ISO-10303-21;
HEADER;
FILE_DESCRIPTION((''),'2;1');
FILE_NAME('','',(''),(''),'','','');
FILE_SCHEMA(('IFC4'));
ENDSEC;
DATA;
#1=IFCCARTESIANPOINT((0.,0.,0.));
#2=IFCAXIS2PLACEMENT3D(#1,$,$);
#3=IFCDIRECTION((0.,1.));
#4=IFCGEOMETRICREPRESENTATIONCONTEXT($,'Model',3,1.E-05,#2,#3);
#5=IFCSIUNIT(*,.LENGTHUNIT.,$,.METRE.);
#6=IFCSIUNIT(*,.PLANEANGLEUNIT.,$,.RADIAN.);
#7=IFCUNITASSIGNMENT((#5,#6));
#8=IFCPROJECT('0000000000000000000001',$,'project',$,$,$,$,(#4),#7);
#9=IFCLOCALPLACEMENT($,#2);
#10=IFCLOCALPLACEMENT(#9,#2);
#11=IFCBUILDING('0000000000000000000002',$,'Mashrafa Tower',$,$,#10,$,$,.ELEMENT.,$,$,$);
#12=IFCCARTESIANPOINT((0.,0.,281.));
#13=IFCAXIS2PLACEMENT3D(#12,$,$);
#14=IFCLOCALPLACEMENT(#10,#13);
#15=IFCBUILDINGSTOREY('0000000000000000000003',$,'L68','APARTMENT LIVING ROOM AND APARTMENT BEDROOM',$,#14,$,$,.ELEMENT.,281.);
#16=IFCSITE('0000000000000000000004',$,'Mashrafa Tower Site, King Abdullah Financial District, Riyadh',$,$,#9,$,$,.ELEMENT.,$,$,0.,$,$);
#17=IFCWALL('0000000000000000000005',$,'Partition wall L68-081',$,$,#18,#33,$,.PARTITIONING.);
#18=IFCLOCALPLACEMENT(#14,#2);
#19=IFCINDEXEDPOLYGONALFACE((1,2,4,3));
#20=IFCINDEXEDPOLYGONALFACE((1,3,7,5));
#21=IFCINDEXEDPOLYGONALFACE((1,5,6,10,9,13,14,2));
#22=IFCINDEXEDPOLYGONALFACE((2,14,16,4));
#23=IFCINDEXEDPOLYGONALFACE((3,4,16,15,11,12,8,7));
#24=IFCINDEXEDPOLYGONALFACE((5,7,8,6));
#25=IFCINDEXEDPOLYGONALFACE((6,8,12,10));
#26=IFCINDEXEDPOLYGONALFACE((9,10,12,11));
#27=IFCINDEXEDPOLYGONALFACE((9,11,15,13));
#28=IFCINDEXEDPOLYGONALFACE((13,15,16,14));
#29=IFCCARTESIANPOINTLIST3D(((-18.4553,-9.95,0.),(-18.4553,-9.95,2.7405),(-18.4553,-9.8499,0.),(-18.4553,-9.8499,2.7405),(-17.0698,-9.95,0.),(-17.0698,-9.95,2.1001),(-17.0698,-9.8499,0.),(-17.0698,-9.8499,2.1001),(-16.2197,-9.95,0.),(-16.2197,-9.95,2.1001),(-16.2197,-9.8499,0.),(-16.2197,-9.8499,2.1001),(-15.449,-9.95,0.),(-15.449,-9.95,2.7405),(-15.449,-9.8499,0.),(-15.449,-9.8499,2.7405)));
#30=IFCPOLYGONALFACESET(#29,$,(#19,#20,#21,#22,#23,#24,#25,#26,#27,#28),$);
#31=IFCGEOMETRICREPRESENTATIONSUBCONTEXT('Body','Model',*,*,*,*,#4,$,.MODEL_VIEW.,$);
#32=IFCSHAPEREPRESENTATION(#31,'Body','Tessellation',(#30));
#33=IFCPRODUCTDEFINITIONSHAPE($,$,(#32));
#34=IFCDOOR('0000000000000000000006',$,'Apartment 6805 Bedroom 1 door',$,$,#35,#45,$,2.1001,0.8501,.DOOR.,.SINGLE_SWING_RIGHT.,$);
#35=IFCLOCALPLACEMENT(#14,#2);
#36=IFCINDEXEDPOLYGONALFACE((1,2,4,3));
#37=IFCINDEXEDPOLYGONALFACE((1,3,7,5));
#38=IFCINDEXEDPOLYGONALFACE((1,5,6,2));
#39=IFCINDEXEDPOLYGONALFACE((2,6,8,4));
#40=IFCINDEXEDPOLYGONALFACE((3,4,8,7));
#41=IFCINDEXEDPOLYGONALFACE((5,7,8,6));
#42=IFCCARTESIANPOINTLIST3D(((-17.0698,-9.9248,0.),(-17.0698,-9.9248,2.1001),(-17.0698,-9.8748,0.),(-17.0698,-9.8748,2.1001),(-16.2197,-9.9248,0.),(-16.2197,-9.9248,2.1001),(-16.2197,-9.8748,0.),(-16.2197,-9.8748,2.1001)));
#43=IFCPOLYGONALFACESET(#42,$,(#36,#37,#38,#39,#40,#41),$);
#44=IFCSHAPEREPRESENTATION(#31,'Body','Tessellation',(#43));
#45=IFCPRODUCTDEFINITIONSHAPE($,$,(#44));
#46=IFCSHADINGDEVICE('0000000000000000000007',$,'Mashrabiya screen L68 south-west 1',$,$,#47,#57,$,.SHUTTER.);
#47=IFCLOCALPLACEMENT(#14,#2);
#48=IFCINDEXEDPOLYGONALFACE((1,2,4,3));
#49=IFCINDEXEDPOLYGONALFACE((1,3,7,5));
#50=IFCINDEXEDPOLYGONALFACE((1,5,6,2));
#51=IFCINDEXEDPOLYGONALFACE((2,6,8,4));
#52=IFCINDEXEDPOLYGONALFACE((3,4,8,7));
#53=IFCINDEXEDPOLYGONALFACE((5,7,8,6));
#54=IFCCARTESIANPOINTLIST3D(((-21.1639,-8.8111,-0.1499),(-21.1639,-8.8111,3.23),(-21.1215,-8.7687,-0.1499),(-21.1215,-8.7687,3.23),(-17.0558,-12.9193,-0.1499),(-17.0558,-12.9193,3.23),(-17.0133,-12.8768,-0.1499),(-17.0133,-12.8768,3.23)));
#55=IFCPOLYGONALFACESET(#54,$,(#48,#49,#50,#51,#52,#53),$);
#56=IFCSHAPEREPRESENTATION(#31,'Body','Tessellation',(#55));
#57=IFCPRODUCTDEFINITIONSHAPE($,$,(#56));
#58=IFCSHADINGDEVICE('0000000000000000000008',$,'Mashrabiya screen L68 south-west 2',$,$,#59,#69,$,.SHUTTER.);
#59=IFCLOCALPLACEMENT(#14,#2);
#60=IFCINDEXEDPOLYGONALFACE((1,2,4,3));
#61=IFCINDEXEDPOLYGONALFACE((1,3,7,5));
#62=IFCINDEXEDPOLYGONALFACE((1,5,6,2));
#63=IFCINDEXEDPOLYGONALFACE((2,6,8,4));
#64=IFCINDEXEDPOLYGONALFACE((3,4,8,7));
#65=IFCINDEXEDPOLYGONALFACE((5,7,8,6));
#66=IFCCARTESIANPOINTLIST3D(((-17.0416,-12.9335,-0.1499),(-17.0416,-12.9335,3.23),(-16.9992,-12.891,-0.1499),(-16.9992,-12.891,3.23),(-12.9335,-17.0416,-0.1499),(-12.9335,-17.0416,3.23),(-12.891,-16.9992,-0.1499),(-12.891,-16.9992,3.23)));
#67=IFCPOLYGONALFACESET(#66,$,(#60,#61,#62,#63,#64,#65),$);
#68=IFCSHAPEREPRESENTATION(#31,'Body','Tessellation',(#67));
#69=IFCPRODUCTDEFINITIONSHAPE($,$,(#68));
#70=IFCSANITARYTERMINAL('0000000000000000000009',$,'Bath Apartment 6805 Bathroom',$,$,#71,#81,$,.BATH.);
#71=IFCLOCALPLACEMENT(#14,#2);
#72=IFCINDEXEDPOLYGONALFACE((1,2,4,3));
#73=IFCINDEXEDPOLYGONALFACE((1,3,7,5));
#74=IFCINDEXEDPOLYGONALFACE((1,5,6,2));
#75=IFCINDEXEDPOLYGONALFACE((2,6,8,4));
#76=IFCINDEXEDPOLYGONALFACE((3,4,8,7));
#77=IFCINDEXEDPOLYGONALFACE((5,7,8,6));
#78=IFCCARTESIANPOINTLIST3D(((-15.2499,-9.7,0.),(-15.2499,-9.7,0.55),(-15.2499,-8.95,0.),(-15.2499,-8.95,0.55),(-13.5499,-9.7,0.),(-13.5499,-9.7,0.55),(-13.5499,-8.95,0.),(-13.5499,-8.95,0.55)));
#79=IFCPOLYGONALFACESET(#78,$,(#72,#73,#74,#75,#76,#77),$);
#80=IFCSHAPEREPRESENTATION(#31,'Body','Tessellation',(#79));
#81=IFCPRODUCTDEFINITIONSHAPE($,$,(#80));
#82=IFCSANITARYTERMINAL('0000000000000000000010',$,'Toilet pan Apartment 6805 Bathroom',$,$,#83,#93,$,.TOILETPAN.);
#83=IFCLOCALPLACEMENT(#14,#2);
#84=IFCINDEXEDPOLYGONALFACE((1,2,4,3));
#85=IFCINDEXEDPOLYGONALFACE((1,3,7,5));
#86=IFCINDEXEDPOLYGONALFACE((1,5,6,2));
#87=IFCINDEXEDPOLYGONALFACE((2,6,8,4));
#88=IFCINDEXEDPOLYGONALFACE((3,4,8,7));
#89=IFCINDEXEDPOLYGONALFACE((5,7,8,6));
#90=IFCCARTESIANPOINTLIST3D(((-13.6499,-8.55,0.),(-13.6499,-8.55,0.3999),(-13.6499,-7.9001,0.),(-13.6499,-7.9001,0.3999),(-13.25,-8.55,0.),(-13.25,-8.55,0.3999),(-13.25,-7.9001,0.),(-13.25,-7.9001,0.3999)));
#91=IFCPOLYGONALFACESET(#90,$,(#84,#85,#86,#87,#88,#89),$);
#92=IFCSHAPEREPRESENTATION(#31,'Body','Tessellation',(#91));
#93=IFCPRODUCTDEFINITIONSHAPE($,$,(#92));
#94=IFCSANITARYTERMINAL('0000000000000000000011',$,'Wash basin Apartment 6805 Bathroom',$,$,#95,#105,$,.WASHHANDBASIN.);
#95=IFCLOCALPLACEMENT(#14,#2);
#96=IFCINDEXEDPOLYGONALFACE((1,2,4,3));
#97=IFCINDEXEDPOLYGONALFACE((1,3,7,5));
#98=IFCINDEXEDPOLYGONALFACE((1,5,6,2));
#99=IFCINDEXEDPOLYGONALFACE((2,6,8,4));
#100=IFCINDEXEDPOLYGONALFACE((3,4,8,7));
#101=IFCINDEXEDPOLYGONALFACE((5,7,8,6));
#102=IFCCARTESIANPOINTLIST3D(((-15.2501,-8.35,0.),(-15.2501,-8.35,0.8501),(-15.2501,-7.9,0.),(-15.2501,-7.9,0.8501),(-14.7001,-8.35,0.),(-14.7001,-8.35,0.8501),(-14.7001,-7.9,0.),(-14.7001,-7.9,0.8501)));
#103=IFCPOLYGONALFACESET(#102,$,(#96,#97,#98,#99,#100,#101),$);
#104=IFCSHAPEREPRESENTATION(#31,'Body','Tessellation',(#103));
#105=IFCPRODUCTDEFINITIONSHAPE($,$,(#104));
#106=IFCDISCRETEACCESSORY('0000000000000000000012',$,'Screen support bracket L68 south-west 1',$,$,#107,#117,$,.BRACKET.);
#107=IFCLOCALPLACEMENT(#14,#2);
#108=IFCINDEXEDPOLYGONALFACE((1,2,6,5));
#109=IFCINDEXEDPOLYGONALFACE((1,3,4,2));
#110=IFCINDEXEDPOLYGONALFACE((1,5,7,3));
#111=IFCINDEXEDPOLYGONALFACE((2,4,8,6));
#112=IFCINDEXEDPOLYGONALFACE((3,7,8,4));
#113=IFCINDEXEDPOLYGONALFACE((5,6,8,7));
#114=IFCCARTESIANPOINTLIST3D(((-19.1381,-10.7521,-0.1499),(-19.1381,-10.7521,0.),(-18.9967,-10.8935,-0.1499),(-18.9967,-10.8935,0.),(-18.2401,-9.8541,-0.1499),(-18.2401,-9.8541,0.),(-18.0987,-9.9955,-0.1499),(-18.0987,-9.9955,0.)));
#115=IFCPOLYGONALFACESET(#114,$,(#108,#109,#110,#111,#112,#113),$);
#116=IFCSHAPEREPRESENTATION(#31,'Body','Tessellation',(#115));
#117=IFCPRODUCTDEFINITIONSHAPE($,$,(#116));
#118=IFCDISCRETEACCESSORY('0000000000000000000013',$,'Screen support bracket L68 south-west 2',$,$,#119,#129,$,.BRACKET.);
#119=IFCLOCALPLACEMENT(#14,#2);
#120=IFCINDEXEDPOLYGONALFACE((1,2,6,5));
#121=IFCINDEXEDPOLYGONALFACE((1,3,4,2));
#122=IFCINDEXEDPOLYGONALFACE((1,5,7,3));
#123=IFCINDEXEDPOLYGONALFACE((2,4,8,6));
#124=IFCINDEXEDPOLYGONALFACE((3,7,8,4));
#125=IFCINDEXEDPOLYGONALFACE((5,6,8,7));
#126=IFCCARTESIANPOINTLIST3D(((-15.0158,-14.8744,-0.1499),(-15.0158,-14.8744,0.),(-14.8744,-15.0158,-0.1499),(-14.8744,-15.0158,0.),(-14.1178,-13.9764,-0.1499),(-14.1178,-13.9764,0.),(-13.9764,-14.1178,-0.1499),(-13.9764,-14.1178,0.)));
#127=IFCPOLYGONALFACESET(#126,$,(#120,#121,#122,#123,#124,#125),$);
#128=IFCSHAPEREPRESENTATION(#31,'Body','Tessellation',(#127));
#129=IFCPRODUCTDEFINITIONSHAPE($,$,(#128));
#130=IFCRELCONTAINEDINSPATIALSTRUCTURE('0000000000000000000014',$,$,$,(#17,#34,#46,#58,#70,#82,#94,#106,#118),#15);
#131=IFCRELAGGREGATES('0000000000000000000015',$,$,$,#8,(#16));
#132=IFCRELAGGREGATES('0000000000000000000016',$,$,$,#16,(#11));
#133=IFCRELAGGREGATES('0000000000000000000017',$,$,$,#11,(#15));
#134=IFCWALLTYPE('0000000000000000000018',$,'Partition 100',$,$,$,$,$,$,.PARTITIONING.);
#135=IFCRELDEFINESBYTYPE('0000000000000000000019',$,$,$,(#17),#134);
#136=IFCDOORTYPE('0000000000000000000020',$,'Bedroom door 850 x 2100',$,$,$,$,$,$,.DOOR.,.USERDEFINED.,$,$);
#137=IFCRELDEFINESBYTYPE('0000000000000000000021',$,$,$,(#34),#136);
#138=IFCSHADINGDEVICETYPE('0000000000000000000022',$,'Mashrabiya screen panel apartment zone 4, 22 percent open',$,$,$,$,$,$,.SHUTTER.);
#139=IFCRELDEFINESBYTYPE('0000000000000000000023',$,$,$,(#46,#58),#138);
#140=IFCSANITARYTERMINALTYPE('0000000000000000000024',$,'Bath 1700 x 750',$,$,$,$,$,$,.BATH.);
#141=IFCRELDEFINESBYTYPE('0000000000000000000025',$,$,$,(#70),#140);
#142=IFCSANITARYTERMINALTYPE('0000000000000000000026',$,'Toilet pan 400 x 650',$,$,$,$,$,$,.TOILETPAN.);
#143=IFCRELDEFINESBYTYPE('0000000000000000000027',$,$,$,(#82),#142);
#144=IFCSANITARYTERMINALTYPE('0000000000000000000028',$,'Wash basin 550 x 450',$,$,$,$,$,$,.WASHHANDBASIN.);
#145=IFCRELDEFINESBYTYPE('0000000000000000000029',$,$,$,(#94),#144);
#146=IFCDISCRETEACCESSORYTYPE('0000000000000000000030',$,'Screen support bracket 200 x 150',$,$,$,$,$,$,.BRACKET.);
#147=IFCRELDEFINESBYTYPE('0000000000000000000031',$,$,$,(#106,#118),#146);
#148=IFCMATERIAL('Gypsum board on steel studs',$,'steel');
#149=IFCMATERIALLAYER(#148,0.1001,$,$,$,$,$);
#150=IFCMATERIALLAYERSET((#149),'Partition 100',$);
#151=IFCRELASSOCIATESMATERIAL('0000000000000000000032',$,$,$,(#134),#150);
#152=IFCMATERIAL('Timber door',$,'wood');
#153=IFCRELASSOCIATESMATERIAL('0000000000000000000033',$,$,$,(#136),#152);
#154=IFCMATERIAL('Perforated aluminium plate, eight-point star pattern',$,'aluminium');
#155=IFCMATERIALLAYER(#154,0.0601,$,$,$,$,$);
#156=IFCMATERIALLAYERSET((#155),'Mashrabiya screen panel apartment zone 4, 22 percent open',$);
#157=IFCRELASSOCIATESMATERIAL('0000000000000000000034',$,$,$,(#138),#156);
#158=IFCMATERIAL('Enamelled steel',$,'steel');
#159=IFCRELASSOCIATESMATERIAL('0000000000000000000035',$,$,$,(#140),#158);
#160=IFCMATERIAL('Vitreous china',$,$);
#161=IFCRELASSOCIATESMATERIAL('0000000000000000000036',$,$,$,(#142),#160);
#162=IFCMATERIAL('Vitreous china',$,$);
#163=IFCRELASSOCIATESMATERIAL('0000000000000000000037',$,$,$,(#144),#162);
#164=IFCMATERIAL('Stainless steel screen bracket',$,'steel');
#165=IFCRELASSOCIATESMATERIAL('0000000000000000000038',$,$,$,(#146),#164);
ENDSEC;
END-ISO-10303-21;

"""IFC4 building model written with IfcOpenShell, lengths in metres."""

from ifc_helpers import new_model, si_unit, direction, frame, frame_2d, origin, origin_2d, place, context, subcontext, project, spatial, rectangle, extrude, source, transform, mapped, material, layer, layer_set, type_object, type_shapes, element, fill, save


model = new_model("IFC4")

# Units and contexts
model_context = context("Model", 3, precision=1e-05, world=origin(), true_north=direction((0.0, 1.0)))
body_context = subcontext(model_context, "Body", "Model", "MODEL_VIEW")
ifc_project = project(units=[si_unit("LENGTHUNIT", "METRE"), si_unit("PLANEANGLEUNIT", "RADIAN")], contexts=[model_context])

# Site, building, storey
site_placement = place(None, origin())
site = spatial("IfcSite", under=ifc_project, at=site_placement, Name="Mashrafa Tower Site, King Abdullah Financial District, Riyadh", CompositionType="ELEMENT", RefElevation=0.0)
building_placement = place(site_placement, origin())
building = spatial("IfcBuilding", under=site, at=building_placement, Name="Mashrafa Tower", CompositionType="ELEMENT")
storey_placement = place(building_placement, frame((0.0, 0.0, 281.0)))
storey = spatial("IfcBuildingStorey", under=building, at=storey_placement, Name="L68", Description="APARTMENT LIVING ROOM AND APARTMENT BEDROOM", CompositionType="ELEMENT", Elevation=281.0)

# Shared definitions
ifc_material_1 = material(Name="Gypsum board on steel studs", Category="steel")
ifc_layer_1 = layer(ifc_material_1, 0.1001)
ifc_layer_set_1 = layer_set([ifc_layer_1], Name="Partition 100")
wall_type_1 = type_object("IfcWallType", Name="Partition 100", PredefinedType="PARTITIONING", material=ifc_layer_set_1)

# Wall, opening, door
wall_1_placement = place(storey_placement, frame((-15.449, -9.8999, 0.0), z_axis=(0.0, 0.0, 1.0), x_axis=(-1.0, 0.0, 0.0)))
wall_1 = element("IfcWall", 1, at=wall_1_placement, inside=storey, type_object=wall_type_1, Name="Partition wall L68-081", PredefinedType="PARTITIONING", context=body_context, shape_type="SweptSolid", body=[
    extrude(rectangle(XDim=3.0063, YDim=0.1001, at=frame_2d((1.5032, 0.0))), origin(), (0.0, 0.0, 1.0), 2.7405),
])
opening_placement = place(wall_1_placement, frame((0.7708, 0.0, 0.0)))
opening = element("IfcOpeningElement", 2, at=opening_placement, cuts=wall_1, PredefinedType="OPENING", context=body_context, shape_type="SweptSolid", body=[
    extrude(rectangle(XDim=0.8501, YDim=2.1001, at=frame_2d((0.425, 1.05))), frame((0.0, 0.0601, 0.0), z_axis=(0.0, -1.0, 0.0), x_axis=(1.0, 0.0, 0.0)), (0.0, 0.0, 1.0), 0.1201),
])
ifc_material_2 = material(Name="Timber door", Category="wood")
door_type = type_object("IfcDoorType", Name="Bedroom door 850 x 2100", OperationType="USERDEFINED", PredefinedType="DOOR", material=ifc_material_2)
door_placement = place(opening_placement, origin())
door = element("IfcDoor", 3, at=door_placement, inside=storey, type_object=door_type, Name="Apartment 6805 Bedroom 1 door", OperationType="SINGLE_SWING_RIGHT", OverallHeight=2.1001, OverallWidth=0.8501, PredefinedType="DOOR", context=body_context, shape_type="SweptSolid", body=[
    extrude(rectangle(XDim=0.8501, YDim=2.1001, at=frame_2d((0.425, 1.05))), frame((0.0, 0.0249, 0.0), z_axis=(0.0, -1.0, 0.0), x_axis=(1.0, 0.0, 0.0)), (0.0, 0.0, 1.0), 0.05),
])
fill(opening, door)

# Shading devices
ifc_material_3 = material(Name="Perforated aluminium plate, eight-point star pattern", Category="aluminium")
ifc_layer_2 = layer(ifc_material_3, 0.0601)
ifc_layer_set_2 = layer_set([ifc_layer_2], Name="Mashrabiya screen panel apartment zone 4, 22 percent open")
shading_device_type = type_object("IfcShadingDeviceType", Name="Mashrabiya screen panel apartment zone 4, 22 percent open", PredefinedType="SHUTTER", material=ifc_layer_set_2)
shared_shape_1 = source(origin(), body_context, "Body", "SweptSolid", [
    extrude(rectangle(XDim=5.8098, YDim=0.0601, at=origin_2d()), origin(), (0.0, 0.0, 1.0), 3.3799),
])
type_shapes(shading_device_type, [shared_shape_1])
for number, where, z_axis, x_axis, name in (
    (4, (-19.0886, -10.844, -0.1499), (0.0, 0.0, 1.0), (0.707107, -0.707107, 0.0), "Mashrabiya screen L68 south-west 1"),
    (5, (-14.9663, -14.9663, -0.1499), (0.0, 0.0, 1.0), (0.707107, -0.707107, 0.0), "Mashrabiya screen L68 south-west 2"),
):
    element("IfcShadingDevice", number, at=place(storey_placement, frame(where, z_axis=z_axis, x_axis=x_axis)), inside=storey, type_object=shading_device_type, Name=name, PredefinedType="SHUTTER", context=body_context, shape_type="MappedRepresentation", body=[
        mapped(shared_shape_1, transform((0.0, 0.0, 0.0))),
    ])

# Sanitary terminals
ifc_material_4 = material(Name="Enamelled steel", Category="steel")
sanitary_terminal_type_1 = type_object("IfcSanitaryTerminalType", Name="Bath 1700 x 750", PredefinedType="BATH", material=ifc_material_4)
sanitary_terminal_1_placement = place(storey_placement, frame((-14.3999, -9.325, 0.0), z_axis=(0.0, 0.0, 1.0), x_axis=(1.0, 0.0, 0.0)))
element("IfcSanitaryTerminal", 6, at=sanitary_terminal_1_placement, inside=storey, type_object=sanitary_terminal_type_1, Name="Bath Apartment 6805 Bathroom", PredefinedType="BATH", context=body_context, shape_type="SweptSolid", body=[
    extrude(rectangle(XDim=1.7, YDim=0.75, at=origin_2d()), origin(), (0.0, 0.0, 1.0), 0.55),
])
ifc_material_5 = material(Name="Vitreous china")
sanitary_terminal_type_2 = type_object("IfcSanitaryTerminalType", Name="Toilet pan 400 x 650", PredefinedType="TOILETPAN", material=ifc_material_5)
sanitary_terminal_2_placement = place(storey_placement, frame((-13.45, -8.2251, 0.0), z_axis=(0.0, 0.0, 1.0), x_axis=(-1.0, 0.0, 0.0)))
element("IfcSanitaryTerminal", 7, at=sanitary_terminal_2_placement, inside=storey, type_object=sanitary_terminal_type_2, Name="Toilet pan Apartment 6805 Bathroom", PredefinedType="TOILETPAN", context=body_context, shape_type="SweptSolid", body=[
    extrude(rectangle(XDim=0.3999, YDim=0.6499, at=origin_2d()), origin(), (0.0, 0.0, 1.0), 0.3999),
])
ifc_material_6 = material(Name="Vitreous china")
sanitary_terminal_type_3 = type_object("IfcSanitaryTerminalType", Name="Wash basin 550 x 450", PredefinedType="WASHHANDBASIN", material=ifc_material_6)
sanitary_terminal_3_placement = place(storey_placement, frame((-14.9751, -8.125, 0.0), z_axis=(0.0, 0.0, 1.0), x_axis=(-1.0, 0.0, 0.0)))
element("IfcSanitaryTerminal", 8, at=sanitary_terminal_3_placement, inside=storey, type_object=sanitary_terminal_type_3, Name="Wash basin Apartment 6805 Bathroom", PredefinedType="WASHHANDBASIN", context=body_context, shape_type="SweptSolid", body=[
    extrude(rectangle(XDim=0.55, YDim=0.45, at=origin_2d()), origin(), (0.0, 0.0, 1.0), 0.8501),
])

# Discrete accessories
ifc_material_7 = material(Name="Stainless steel screen bracket", Category="steel")
discrete_accessory_type = type_object("IfcDiscreteAccessoryType", Name="Screen support bracket 200 x 150", PredefinedType="BRACKET", material=ifc_material_7)
shared_shape_2 = source(origin(), body_context, "Body", "SweptSolid", [
    extrude(rectangle(XDim=0.2, YDim=1.27, at=origin_2d()), origin(), (0.0, 0.0, 1.0), 0.1499),
])
type_shapes(discrete_accessory_type, [shared_shape_2])
for number, where, z_axis, x_axis, name in (
    (9, (-18.6184, -10.3738, -0.1499), (0.0, 0.0, 1.0), (0.707107, -0.707107, 0.0), "Screen support bracket L68 south-west 1"),
    (10, (-14.4961, -14.4961, -0.1499), (0.0, 0.0, 1.0), (0.707107, -0.707107, 0.0), "Screen support bracket L68 south-west 2"),
):
    element("IfcDiscreteAccessory", number, at=place(storey_placement, frame(where, z_axis=z_axis, x_axis=x_axis)), inside=storey, type_object=discrete_accessory_type, Name=name, PredefinedType="BRACKET", context=body_context, shape_type="MappedRepresentation", body=[
        mapped(shared_shape_2, transform((0.0, 0.0, 0.0))),
    ])

save(model, "model.ifc")
